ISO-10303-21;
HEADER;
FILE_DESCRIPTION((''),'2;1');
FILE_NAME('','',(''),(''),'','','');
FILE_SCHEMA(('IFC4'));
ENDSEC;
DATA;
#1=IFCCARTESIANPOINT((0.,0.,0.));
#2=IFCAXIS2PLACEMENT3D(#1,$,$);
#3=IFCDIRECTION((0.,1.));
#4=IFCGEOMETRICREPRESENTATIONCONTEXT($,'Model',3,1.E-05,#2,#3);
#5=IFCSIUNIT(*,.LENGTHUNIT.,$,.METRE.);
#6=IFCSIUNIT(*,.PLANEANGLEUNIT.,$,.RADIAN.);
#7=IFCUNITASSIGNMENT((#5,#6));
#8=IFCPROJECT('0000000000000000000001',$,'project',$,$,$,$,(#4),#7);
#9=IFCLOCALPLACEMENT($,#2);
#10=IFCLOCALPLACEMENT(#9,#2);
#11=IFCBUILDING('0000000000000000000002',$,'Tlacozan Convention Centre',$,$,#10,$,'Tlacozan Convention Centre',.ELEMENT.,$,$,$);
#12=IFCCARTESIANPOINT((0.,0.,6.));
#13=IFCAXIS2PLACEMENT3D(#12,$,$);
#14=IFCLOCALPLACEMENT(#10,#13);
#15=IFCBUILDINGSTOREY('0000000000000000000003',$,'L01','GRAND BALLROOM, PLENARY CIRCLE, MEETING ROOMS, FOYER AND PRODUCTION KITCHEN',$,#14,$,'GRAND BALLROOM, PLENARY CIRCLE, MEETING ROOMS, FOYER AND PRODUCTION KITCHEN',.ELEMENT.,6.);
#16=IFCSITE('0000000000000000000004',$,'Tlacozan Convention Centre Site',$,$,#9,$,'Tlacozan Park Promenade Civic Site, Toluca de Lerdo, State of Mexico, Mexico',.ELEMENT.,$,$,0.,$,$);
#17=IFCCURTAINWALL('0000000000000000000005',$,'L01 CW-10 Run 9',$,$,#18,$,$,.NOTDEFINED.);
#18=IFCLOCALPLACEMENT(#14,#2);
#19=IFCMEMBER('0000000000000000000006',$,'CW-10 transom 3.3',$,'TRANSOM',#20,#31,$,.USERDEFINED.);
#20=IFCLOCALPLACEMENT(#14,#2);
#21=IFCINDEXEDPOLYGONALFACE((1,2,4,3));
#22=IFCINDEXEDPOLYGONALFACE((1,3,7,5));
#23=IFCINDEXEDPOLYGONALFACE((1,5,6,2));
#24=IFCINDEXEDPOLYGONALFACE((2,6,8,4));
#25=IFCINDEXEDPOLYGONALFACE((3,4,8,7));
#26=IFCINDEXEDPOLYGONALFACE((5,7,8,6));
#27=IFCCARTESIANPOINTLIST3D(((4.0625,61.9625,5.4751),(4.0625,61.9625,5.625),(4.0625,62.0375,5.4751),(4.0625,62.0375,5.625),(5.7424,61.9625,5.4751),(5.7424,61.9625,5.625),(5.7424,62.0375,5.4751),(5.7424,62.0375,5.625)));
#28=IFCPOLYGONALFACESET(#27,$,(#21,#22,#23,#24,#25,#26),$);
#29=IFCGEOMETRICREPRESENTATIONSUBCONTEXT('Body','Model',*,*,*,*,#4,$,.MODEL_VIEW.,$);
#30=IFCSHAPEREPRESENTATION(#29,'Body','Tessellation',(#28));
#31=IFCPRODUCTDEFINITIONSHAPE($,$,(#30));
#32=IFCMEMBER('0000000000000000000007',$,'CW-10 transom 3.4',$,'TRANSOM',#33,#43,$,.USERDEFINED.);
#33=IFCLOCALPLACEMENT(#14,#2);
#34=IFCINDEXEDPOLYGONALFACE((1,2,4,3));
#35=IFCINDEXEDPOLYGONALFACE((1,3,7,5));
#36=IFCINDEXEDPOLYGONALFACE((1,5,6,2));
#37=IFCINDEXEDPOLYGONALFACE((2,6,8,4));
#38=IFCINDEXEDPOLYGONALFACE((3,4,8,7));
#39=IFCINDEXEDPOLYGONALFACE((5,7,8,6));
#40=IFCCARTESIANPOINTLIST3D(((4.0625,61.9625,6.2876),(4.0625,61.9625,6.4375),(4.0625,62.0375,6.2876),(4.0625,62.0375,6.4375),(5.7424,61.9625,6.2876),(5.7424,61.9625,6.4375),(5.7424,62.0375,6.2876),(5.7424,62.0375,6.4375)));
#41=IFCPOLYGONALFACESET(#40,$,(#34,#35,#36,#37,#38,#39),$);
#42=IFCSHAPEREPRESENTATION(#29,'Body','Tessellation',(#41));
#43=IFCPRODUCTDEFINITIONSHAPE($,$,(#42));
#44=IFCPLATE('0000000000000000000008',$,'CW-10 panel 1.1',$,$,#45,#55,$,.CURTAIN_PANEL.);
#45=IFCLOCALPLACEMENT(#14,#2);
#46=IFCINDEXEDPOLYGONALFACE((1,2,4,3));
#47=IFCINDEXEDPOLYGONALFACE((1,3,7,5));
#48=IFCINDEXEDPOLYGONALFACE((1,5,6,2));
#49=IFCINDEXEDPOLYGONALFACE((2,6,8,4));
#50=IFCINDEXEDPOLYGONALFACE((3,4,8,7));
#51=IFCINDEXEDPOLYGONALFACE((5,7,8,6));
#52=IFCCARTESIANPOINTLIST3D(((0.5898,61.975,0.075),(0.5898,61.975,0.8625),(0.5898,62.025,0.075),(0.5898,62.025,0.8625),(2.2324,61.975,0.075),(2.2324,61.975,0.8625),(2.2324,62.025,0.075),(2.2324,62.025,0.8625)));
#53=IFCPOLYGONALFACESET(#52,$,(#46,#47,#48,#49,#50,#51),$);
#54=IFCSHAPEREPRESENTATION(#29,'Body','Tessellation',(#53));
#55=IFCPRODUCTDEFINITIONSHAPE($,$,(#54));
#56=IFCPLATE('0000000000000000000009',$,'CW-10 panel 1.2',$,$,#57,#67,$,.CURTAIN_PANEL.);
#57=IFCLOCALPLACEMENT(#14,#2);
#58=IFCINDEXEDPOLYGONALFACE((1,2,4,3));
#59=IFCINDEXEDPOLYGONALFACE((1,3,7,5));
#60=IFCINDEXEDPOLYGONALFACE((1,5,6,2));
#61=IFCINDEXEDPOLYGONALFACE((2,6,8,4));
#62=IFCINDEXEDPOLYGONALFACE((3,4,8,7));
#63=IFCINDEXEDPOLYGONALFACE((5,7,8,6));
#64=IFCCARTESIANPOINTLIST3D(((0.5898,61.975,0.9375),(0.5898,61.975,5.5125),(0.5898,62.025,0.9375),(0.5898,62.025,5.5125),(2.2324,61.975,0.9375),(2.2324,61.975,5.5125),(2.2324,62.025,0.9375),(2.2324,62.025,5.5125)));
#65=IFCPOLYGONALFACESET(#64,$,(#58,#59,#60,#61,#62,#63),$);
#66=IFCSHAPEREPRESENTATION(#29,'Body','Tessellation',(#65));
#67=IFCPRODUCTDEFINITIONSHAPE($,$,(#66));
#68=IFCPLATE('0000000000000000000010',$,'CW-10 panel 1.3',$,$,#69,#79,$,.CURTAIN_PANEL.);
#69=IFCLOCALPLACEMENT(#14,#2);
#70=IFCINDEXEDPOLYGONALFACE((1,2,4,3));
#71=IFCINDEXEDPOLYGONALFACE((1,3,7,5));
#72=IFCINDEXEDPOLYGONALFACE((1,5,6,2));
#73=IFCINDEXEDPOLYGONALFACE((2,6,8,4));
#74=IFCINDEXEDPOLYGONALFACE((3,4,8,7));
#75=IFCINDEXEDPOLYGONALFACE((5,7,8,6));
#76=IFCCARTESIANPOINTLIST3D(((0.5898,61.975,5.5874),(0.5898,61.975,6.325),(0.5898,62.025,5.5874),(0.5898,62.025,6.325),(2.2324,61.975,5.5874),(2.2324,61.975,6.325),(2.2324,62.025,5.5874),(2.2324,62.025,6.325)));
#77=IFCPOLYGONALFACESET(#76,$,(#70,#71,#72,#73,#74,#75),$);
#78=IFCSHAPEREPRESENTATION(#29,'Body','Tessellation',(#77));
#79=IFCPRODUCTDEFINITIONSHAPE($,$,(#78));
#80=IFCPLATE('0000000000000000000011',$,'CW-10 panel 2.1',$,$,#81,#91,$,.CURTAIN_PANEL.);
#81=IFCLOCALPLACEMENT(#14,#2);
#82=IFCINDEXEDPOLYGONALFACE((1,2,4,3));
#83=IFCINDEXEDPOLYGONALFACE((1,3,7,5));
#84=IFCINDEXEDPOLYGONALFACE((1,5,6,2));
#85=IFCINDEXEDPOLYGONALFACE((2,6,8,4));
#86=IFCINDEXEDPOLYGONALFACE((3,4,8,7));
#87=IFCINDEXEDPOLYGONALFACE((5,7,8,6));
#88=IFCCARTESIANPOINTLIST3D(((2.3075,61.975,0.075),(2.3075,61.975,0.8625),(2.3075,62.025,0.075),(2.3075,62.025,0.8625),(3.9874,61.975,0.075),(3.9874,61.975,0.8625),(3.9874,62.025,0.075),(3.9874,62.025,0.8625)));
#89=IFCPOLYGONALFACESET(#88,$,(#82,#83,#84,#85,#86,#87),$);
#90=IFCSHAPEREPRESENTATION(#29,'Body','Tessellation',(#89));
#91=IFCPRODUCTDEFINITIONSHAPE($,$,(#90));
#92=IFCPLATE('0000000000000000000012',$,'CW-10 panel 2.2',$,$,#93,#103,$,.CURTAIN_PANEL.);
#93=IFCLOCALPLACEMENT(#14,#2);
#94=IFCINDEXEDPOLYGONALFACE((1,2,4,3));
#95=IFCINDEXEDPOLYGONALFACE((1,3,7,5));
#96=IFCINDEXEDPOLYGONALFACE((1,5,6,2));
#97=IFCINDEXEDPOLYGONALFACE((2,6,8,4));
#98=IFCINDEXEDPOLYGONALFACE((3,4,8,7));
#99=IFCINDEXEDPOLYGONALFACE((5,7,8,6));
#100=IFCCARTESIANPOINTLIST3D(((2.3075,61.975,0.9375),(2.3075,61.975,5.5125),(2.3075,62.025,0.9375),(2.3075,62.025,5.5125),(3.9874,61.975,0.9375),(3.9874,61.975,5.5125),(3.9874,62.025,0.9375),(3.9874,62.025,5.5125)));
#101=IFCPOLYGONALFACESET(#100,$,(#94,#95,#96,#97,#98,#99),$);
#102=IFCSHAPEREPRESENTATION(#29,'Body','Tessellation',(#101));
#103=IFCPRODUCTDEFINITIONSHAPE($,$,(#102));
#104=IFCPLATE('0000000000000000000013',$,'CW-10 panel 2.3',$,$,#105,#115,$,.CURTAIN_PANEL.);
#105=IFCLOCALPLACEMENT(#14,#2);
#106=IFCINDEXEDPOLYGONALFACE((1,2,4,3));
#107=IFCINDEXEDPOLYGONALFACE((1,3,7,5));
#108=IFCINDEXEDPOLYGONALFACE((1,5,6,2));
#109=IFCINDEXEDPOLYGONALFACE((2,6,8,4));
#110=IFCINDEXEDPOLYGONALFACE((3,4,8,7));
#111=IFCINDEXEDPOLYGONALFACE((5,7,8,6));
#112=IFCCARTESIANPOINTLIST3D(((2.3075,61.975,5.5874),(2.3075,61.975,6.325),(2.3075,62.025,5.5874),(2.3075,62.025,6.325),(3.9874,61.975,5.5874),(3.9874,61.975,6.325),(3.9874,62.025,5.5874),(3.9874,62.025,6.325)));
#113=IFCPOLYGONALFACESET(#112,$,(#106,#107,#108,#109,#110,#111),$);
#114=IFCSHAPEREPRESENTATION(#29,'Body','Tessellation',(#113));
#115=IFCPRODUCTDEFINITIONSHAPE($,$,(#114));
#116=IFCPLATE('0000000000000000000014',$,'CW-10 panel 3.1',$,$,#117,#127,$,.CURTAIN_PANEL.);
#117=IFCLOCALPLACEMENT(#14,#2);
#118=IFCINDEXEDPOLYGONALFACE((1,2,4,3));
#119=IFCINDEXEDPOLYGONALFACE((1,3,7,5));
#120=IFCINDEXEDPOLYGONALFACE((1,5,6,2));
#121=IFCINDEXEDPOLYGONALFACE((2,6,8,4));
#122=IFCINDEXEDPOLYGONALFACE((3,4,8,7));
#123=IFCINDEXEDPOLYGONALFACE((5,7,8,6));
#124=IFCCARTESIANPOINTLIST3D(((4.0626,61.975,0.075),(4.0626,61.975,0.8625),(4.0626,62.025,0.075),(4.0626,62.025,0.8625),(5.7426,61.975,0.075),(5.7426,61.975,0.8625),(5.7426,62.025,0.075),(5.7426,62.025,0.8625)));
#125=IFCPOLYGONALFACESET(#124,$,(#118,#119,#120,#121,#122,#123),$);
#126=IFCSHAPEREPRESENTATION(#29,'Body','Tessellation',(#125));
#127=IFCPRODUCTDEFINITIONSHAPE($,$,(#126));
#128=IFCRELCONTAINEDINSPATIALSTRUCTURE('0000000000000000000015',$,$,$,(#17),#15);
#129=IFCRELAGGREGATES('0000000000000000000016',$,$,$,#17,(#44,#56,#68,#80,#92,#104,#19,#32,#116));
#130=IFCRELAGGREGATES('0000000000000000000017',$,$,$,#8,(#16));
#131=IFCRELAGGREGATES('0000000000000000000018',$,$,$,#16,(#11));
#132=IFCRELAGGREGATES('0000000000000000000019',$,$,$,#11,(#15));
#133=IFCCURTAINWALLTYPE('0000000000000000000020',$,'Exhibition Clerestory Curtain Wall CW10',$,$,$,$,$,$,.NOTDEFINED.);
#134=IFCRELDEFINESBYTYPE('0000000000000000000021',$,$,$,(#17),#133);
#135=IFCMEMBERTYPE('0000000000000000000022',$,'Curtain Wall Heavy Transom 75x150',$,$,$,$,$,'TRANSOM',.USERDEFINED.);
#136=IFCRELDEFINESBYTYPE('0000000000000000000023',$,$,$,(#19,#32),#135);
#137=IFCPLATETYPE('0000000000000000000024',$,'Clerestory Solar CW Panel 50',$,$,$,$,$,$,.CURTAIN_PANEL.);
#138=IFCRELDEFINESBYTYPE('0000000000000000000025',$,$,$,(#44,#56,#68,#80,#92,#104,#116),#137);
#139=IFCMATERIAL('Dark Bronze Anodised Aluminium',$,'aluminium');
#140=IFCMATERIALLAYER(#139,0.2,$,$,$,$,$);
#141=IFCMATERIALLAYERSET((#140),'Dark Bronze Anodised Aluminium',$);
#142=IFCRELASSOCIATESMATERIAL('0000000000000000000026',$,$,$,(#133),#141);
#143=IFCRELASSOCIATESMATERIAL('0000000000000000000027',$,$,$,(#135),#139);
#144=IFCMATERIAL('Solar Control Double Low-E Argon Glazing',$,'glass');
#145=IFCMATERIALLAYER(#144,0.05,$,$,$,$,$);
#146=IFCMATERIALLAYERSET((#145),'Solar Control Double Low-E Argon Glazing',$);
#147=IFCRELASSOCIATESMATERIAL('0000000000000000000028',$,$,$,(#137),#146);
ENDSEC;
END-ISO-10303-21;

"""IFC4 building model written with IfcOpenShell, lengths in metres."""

from ifc_helpers import new_model, si_unit, direction, frame, origin, origin_2d, place, context, subcontext, project, spatial, rectangle, extrude, material, layer, layer_set, material_profile, profile_set, type_object, element, aggregate, save


model = new_model("IFC4")

# Units and contexts
model_context = context("Model", 3, precision=1e-05, world=origin(), true_north=direction((0.0, 1.0)))
body_context = subcontext(model_context, "Body", "Model", "MODEL_VIEW")
ifc_project = project(units=[si_unit("LENGTHUNIT", "METRE"), si_unit("PLANEANGLEUNIT", "RADIAN")], contexts=[model_context])

# Site, building, storey
site_placement = place(None, origin())
site = spatial("IfcSite", under=ifc_project, at=site_placement, Name="Tlacozan Convention Centre Site", LongName="Tlacozan Park Promenade Civic Site, Toluca de Lerdo, State of Mexico, Mexico", CompositionType="ELEMENT", RefElevation=0.0)
building_placement = place(site_placement, origin())
building = spatial("IfcBuilding", under=site, at=building_placement, Name="Tlacozan Convention Centre", LongName="Tlacozan Convention Centre", CompositionType="ELEMENT")
storey_placement = place(building_placement, frame((0.0, 0.0, 6.0)))
storey = spatial("IfcBuildingStorey", under=building, at=storey_placement, Name="L01", Description="GRAND BALLROOM, PLENARY CIRCLE, MEETING ROOMS, FOYER AND PRODUCTION KITCHEN", LongName="GRAND BALLROOM, PLENARY CIRCLE, MEETING ROOMS, FOYER AND PRODUCTION KITCHEN", CompositionType="ELEMENT", Elevation=6.0)

# Curtain wall, members, plates
ifc_material_1 = material(Name="Dark Bronze Anodised Aluminium", Category="aluminium")
ifc_layer_1 = layer(ifc_material_1, 0.2)
ifc_layer_set_1 = layer_set([ifc_layer_1], Name="Dark Bronze Anodised Aluminium")
curtain_wall_type = type_object("IfcCurtainWallType", Name="Exhibition Clerestory Curtain Wall CW10", PredefinedType="NOTDEFINED", material=ifc_layer_set_1)
curtain_wall_placement = place(storey_placement, origin())
curtain_wall = element("IfcCurtainWall", 1, at=curtain_wall_placement, inside=storey, type_object=curtain_wall_type, Name="L01 CW-10 Run 9", PredefinedType="NOTDEFINED")
ifc_material_profile_1 = material_profile(ifc_material_1, rectangle(XDim=0.075, YDim=0.1499, at=origin_2d()), Name="ALU 75x150")
ifc_profile_set_1 = profile_set([ifc_material_profile_1], Name="Dark Bronze Anodised Aluminium")
member_type_1 = type_object("IfcMemberType", Name="Curtain Wall Heavy Transom 75x150", ElementType="TRANSOM", PredefinedType="USERDEFINED", material=ifc_profile_set_1)
member_1_placement = place(storey_placement, frame((4.0625, 62.0, 5.55), z_axis=(1.0, 0.0, 0.0), x_axis=(0.0, 1.0, 0.0)))
member_1 = element("IfcMember", 2, at=member_1_placement, type_object=member_type_1, Name="CW-10 transom 3.3", ObjectType="TRANSOM", PredefinedType="USERDEFINED", context=body_context, shape_type="SweptSolid", body=[
    extrude(rectangle(XDim=0.075, YDim=0.1499, at=origin_2d()), origin(), (0.0, 0.0, 1.0), 1.6799),
])
member_2_placement = place(storey_placement, frame((4.0625, 62.0, 6.3625), z_axis=(1.0, 0.0, 0.0), x_axis=(0.0, 1.0, 0.0)))
member_2 = element("IfcMember", 3, at=member_2_placement, type_object=member_type_1, Name="CW-10 transom 3.4", ObjectType="TRANSOM", PredefinedType="USERDEFINED", context=body_context, shape_type="SweptSolid", body=[
    extrude(rectangle(XDim=0.075, YDim=0.1499, at=origin_2d()), origin(), (0.0, 0.0, 1.0), 1.6799),
])
ifc_material_2 = material(Name="Solar Control Double Low-E Argon Glazing", Category="glass")
ifc_layer_2 = layer(ifc_material_2, 0.05)
ifc_layer_set_2 = layer_set([ifc_layer_2], Name="Solar Control Double Low-E Argon Glazing")
plate_type = type_object("IfcPlateType", Name="Clerestory Solar CW Panel 50", PredefinedType="CURTAIN_PANEL", material=ifc_layer_set_2)
plate_1_placement = place(storey_placement, frame((1.4111, 62.0, 0.075), z_axis=(0.0, 0.0, 1.0), x_axis=(1.0, 0.0, 0.0)))
plate_1 = element("IfcPlate", 4, at=plate_1_placement, type_object=plate_type, Name="CW-10 panel 1.1", PredefinedType="CURTAIN_PANEL", context=body_context, shape_type="SweptSolid", body=[
    extrude(rectangle(XDim=1.6426, YDim=0.05, at=origin_2d()), origin(), (0.0, 0.0, 1.0), 0.7876),
])
plate_2_placement = place(storey_placement, frame((1.4111, 62.0, 0.9375), z_axis=(0.0, 0.0, 1.0), x_axis=(1.0, 0.0, 0.0)))
plate_2 = element("IfcPlate", 5, at=plate_2_placement, type_object=plate_type, Name="CW-10 panel 1.2", PredefinedType="CURTAIN_PANEL", context=body_context, shape_type="SweptSolid", body=[
    extrude(rectangle(XDim=1.6426, YDim=0.05, at=origin_2d()), origin(), (0.0, 0.0, 1.0), 4.575),
])
plate_3_placement = place(storey_placement, frame((1.4111, 62.0, 5.5874), z_axis=(0.0, 0.0, 1.0), x_axis=(1.0, 0.0, 0.0)))
plate_3 = element("IfcPlate", 6, at=plate_3_placement, type_object=plate_type, Name="CW-10 panel 1.3", PredefinedType="CURTAIN_PANEL", context=body_context, shape_type="SweptSolid", body=[
    extrude(rectangle(XDim=1.6426, YDim=0.05, at=origin_2d()), origin(), (0.0, 0.0, 1.0), 0.7375),
])
plate_4_placement = place(storey_placement, frame((3.1475, 62.0, 0.075), z_axis=(0.0, 0.0, 1.0), x_axis=(1.0, 0.0, 0.0)))
plate_4 = element("IfcPlate", 7, at=plate_4_placement, type_object=plate_type, Name="CW-10 panel 2.1", PredefinedType="CURTAIN_PANEL", context=body_context, shape_type="SweptSolid", body=[
    extrude(rectangle(XDim=1.6799, YDim=0.05, at=origin_2d()), origin(), (0.0, 0.0, 1.0), 0.7876),
])
plate_5_placement = place(storey_placement, frame((3.1475, 62.0, 0.9375), z_axis=(0.0, 0.0, 1.0), x_axis=(1.0, 0.0, 0.0)))
plate_5 = element("IfcPlate", 8, at=plate_5_placement, type_object=plate_type, Name="CW-10 panel 2.2", PredefinedType="CURTAIN_PANEL", context=body_context, shape_type="SweptSolid", body=[
    extrude(rectangle(XDim=1.6799, YDim=0.05, at=origin_2d()), origin(), (0.0, 0.0, 1.0), 4.575),
])
plate_6_placement = place(storey_placement, frame((3.1475, 62.0, 5.5874), z_axis=(0.0, 0.0, 1.0), x_axis=(1.0, 0.0, 0.0)))
plate_6 = element("IfcPlate", 9, at=plate_6_placement, type_object=plate_type, Name="CW-10 panel 2.3", PredefinedType="CURTAIN_PANEL", context=body_context, shape_type="SweptSolid", body=[
    extrude(rectangle(XDim=1.6799, YDim=0.05, at=origin_2d()), origin(), (0.0, 0.0, 1.0), 0.7375),
])
plate_7_placement = place(storey_placement, frame((4.9026, 62.0, 0.075), z_axis=(0.0, 0.0, 1.0), x_axis=(1.0, 0.0, 0.0)))
plate_7 = element("IfcPlate", 10, at=plate_7_placement, type_object=plate_type, Name="CW-10 panel 3.1", PredefinedType="CURTAIN_PANEL", context=body_context, shape_type="SweptSolid", body=[
    extrude(rectangle(XDim=1.6799, YDim=0.05, at=origin_2d()), origin(), (0.0, 0.0, 1.0), 0.7876),
])
aggregate(curtain_wall, [plate_1, plate_2, plate_3, plate_4, plate_5, plate_6, member_1, member_2, plate_7])

save(model, "model.ifc")
